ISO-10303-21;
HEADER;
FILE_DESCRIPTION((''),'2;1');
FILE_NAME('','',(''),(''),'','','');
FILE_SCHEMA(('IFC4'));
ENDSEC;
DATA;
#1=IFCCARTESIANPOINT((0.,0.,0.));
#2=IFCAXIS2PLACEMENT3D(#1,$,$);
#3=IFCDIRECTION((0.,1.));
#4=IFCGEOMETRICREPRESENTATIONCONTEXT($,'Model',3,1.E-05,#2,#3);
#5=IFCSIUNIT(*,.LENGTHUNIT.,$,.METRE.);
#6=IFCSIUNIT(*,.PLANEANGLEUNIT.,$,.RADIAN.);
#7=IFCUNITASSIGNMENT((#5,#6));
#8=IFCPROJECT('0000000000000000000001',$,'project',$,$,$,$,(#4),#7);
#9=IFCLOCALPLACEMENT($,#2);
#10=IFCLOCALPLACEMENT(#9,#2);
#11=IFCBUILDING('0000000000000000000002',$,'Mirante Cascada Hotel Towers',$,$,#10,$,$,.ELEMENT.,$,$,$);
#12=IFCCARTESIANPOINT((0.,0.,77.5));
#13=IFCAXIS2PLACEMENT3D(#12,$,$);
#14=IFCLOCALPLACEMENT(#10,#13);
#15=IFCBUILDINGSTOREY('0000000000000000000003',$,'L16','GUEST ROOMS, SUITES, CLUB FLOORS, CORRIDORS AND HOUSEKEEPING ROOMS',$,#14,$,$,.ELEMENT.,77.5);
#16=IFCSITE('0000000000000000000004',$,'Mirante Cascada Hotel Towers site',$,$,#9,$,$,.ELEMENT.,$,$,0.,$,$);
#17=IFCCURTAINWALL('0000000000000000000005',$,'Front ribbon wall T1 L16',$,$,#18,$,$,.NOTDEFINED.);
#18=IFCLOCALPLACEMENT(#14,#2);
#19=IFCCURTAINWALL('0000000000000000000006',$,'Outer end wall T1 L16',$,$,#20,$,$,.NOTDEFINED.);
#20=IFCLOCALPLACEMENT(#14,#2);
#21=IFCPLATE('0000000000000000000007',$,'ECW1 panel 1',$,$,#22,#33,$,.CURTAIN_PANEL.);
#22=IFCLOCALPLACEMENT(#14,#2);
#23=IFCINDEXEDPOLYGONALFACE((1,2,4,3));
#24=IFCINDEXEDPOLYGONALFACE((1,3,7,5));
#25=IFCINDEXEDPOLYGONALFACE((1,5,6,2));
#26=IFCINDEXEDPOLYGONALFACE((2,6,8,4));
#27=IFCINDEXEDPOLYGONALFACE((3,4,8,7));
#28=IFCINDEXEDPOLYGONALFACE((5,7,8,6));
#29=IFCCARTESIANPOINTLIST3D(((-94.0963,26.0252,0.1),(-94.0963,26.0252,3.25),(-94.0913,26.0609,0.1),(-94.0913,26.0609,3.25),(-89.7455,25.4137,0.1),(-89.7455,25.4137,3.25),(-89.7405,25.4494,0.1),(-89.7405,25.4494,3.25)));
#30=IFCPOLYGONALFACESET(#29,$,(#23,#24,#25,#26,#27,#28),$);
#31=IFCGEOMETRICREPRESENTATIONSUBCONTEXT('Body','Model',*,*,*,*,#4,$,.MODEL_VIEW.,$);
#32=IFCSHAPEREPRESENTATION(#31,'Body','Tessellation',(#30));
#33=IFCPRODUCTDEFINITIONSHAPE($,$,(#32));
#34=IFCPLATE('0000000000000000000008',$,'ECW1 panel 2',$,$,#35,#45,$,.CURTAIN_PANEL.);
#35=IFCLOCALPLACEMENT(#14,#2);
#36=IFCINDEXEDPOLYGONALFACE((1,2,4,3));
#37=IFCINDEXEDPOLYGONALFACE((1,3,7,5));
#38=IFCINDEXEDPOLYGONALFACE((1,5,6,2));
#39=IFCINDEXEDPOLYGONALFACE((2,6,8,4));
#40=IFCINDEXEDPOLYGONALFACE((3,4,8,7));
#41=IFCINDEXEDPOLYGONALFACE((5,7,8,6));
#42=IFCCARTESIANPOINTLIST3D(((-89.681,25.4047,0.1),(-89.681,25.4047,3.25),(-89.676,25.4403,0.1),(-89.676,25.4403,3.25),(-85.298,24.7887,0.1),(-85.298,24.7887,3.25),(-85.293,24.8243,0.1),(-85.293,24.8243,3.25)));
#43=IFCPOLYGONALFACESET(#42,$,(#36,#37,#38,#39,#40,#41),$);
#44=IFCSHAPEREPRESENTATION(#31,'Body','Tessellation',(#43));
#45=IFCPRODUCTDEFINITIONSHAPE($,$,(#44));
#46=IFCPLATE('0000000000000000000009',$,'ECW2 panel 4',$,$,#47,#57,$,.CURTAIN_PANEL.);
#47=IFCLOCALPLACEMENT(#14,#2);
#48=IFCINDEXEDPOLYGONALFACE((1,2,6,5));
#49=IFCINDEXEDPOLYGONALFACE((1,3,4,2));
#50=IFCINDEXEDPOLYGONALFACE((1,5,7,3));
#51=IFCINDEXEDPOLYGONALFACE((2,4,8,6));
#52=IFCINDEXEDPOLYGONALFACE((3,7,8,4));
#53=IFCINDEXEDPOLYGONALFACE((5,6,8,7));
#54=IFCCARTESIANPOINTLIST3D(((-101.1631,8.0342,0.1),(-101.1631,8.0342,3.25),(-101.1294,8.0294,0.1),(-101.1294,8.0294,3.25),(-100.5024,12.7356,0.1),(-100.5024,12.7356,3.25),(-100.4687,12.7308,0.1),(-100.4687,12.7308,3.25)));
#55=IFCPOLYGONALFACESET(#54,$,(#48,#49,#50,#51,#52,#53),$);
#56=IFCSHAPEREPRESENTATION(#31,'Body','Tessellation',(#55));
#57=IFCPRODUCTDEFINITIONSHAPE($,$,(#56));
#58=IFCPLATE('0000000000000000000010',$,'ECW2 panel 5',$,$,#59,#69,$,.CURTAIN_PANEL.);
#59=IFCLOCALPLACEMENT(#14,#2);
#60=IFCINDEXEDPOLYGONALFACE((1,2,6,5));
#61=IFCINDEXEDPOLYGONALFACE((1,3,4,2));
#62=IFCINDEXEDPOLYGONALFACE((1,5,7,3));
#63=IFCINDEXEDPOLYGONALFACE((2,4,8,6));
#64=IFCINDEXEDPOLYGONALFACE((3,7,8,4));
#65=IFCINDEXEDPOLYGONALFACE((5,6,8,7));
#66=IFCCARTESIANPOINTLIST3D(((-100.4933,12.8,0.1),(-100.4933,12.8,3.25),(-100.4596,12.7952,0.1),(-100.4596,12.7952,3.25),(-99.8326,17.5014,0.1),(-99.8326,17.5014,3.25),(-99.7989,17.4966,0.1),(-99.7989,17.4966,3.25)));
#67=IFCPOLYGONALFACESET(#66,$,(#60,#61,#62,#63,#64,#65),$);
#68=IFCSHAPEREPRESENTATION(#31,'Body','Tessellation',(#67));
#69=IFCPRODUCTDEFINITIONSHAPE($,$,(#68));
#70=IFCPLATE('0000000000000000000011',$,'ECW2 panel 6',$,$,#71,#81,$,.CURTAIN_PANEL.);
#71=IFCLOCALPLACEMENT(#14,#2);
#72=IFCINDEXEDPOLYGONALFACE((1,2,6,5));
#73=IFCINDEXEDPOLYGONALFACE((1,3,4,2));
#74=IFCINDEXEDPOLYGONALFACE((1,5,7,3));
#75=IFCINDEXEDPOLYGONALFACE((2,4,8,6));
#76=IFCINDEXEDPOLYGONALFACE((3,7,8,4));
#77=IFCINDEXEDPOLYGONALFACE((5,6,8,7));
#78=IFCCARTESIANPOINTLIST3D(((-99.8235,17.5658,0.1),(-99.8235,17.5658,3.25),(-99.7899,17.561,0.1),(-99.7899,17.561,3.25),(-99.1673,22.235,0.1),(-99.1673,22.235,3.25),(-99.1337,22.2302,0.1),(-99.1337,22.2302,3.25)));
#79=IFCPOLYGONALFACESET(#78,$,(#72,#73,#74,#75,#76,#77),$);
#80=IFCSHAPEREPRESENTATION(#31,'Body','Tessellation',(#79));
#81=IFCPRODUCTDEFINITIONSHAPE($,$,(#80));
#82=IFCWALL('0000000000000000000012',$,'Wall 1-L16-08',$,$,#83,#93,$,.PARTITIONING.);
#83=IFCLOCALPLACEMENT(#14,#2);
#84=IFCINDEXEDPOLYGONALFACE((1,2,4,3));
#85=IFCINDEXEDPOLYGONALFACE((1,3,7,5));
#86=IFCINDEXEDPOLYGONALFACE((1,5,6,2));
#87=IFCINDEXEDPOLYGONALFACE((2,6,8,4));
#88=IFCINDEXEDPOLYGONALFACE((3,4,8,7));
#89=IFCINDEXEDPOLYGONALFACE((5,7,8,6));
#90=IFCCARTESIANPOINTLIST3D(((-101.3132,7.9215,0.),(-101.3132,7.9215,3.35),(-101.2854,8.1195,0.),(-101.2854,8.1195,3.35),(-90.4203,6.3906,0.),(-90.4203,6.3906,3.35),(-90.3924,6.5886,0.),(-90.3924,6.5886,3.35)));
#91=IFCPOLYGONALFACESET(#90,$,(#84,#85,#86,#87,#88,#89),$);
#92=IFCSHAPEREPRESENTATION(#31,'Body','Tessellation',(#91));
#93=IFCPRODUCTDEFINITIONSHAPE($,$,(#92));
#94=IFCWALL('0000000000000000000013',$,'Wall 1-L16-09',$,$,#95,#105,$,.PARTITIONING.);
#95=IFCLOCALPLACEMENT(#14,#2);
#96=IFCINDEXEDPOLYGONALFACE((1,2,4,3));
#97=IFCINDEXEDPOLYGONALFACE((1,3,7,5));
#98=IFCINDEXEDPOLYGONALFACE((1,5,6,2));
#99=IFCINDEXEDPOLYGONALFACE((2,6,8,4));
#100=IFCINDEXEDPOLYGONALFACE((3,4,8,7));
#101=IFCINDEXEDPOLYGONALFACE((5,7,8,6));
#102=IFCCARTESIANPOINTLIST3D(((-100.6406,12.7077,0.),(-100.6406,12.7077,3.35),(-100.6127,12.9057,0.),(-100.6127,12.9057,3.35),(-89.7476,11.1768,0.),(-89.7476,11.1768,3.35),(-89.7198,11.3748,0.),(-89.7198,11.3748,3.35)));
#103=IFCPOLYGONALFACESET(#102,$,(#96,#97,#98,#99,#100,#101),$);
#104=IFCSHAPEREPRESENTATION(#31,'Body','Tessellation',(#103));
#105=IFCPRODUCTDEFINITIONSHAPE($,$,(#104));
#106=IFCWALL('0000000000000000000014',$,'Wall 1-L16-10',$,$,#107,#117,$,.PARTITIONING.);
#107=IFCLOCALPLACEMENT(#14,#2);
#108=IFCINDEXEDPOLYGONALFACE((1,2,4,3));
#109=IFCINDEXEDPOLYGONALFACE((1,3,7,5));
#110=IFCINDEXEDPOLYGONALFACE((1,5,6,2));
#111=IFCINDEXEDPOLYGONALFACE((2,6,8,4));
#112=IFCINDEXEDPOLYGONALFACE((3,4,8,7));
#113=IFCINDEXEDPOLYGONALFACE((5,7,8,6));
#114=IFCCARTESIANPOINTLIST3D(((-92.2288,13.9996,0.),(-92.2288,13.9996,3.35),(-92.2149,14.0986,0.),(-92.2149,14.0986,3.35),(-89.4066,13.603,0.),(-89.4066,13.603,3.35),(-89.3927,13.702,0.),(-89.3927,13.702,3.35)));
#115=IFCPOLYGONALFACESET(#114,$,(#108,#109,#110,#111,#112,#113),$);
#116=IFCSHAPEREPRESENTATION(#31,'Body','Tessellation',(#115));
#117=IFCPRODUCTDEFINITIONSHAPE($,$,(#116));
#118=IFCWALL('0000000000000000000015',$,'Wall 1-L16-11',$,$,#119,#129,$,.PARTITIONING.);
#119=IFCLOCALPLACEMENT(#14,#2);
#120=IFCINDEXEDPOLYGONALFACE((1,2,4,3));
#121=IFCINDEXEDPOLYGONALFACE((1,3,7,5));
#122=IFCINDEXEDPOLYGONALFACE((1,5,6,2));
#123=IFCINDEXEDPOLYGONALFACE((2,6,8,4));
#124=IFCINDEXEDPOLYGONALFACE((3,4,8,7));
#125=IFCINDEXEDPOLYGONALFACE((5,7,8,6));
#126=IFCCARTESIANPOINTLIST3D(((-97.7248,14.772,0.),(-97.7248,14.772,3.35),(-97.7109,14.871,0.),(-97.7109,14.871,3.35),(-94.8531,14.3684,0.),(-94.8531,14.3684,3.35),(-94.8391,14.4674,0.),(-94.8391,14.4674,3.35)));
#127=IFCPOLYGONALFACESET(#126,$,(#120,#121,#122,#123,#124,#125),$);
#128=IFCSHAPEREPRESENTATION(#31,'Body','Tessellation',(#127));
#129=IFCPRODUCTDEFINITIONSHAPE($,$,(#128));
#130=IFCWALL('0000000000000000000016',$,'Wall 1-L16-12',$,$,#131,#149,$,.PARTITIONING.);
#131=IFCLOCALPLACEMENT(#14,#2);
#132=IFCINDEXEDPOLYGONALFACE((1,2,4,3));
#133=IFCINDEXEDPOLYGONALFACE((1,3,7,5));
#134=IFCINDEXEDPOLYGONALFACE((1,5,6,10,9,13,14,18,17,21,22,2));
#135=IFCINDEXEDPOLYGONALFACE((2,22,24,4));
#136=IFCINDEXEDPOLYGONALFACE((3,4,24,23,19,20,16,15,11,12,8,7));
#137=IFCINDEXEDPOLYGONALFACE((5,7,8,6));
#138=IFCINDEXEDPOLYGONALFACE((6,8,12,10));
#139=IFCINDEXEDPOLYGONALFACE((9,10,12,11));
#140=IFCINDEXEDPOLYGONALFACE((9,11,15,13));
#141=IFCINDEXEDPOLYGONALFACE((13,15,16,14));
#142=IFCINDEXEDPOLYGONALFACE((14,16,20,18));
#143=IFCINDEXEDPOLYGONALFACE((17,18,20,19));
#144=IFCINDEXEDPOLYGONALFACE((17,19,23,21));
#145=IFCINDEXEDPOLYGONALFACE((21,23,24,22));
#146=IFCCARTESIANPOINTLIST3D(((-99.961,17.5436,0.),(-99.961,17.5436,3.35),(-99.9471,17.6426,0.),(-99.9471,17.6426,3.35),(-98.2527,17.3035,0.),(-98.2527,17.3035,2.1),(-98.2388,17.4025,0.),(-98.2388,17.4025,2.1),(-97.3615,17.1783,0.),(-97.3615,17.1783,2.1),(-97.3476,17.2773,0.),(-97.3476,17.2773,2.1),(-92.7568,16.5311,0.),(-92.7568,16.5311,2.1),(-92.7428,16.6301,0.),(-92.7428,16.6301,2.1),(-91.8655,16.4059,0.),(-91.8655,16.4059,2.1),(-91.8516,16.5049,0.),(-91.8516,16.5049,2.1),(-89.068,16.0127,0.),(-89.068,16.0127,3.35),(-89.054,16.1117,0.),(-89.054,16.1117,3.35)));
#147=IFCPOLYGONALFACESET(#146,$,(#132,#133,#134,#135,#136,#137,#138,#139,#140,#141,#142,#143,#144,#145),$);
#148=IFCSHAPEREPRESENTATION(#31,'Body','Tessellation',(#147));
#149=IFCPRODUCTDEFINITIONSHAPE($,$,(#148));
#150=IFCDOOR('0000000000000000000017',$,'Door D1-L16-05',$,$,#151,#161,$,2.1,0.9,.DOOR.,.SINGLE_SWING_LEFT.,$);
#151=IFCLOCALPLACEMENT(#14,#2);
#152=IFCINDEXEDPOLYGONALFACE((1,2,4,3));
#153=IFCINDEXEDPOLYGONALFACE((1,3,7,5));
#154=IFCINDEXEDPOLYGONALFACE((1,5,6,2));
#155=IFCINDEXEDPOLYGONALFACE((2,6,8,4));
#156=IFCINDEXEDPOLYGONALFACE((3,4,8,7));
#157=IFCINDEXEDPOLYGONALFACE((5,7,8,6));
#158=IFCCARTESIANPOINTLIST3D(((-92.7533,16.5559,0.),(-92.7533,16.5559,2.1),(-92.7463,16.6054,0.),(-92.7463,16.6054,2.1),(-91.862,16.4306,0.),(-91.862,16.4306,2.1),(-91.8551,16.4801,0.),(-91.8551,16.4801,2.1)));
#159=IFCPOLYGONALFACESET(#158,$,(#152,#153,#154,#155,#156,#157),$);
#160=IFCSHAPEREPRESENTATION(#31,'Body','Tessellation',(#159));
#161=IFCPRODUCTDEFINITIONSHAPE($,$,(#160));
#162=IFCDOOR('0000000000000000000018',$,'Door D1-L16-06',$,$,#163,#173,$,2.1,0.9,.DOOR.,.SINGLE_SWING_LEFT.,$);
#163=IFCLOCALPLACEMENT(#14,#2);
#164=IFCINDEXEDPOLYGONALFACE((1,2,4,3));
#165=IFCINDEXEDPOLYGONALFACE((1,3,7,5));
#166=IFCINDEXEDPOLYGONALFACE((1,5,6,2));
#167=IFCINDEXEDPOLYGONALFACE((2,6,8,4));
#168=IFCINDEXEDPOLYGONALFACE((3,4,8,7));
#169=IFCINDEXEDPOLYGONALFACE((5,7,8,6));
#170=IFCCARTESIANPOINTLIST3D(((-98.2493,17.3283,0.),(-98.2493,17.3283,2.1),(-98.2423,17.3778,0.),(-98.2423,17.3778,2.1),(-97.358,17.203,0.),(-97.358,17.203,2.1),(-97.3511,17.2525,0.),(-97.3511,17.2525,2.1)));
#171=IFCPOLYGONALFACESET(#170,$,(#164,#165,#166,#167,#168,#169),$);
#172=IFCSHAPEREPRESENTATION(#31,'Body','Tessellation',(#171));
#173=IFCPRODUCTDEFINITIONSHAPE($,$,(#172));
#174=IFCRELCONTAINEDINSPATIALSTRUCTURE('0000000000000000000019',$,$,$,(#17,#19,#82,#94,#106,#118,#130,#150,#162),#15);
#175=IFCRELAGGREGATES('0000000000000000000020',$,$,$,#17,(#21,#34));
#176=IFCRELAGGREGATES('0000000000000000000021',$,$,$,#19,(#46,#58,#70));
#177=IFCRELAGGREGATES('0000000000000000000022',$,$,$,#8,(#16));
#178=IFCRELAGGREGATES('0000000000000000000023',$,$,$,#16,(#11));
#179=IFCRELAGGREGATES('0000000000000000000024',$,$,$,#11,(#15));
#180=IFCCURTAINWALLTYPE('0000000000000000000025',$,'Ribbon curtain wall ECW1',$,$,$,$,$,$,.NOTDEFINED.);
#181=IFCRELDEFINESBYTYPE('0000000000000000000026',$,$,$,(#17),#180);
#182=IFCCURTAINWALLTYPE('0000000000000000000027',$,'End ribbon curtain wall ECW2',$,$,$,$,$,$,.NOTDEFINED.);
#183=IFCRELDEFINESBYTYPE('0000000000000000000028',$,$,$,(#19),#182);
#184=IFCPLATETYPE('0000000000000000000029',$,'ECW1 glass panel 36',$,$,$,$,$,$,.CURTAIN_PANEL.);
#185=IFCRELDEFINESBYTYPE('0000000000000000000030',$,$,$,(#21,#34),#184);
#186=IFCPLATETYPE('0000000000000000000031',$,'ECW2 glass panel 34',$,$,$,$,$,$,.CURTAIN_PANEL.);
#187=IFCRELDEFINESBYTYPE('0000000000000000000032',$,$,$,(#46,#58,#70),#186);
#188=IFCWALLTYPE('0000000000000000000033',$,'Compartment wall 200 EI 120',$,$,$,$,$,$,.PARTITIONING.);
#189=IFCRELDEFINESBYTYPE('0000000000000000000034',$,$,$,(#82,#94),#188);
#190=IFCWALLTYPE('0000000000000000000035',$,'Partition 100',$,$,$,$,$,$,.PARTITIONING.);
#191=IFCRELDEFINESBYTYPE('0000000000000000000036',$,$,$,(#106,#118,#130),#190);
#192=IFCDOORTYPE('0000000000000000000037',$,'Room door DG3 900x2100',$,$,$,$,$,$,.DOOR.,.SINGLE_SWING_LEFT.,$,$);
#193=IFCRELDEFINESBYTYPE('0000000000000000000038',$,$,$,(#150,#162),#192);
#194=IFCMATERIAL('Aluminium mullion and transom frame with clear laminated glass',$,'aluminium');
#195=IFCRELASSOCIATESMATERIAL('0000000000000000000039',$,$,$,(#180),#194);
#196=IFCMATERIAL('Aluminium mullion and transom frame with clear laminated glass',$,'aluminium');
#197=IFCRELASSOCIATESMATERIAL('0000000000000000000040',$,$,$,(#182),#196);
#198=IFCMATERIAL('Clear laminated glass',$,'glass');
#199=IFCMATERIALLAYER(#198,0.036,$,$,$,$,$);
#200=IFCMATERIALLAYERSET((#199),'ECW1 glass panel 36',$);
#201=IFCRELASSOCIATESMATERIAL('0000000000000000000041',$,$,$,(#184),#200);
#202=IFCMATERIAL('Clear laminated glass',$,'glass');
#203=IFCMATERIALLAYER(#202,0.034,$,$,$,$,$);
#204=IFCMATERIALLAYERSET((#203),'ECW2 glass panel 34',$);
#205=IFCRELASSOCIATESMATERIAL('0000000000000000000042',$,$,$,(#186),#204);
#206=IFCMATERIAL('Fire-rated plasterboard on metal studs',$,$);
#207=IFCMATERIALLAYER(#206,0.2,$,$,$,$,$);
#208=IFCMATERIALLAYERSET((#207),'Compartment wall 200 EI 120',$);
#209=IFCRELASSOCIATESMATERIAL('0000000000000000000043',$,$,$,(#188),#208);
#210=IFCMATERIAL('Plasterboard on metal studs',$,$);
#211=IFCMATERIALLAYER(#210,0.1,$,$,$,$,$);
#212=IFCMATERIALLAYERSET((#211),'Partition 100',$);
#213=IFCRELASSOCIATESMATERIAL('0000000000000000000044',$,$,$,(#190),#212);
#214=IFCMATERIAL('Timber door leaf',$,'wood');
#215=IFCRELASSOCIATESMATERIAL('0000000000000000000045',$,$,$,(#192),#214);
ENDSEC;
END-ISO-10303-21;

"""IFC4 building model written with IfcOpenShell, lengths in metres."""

from ifc_helpers import new_model, si_unit, direction, frame, frame_2d, origin, origin_2d, place, context, subcontext, project, spatial, rectangle, extrude, material, layer, layer_set, type_object, element, fill, aggregate, save


model = new_model("IFC4")

# Units and contexts
model_context = context("Model", 3, precision=1e-05, world=origin(), true_north=direction((0.0, 1.0)))
body_context = subcontext(model_context, "Body", "Model", "MODEL_VIEW")
ifc_project = project(units=[si_unit("LENGTHUNIT", "METRE"), si_unit("PLANEANGLEUNIT", "RADIAN")], contexts=[model_context])

# Site, building, storey
site_placement = place(None, origin())
site = spatial("IfcSite", under=ifc_project, at=site_placement, Name="Mirante Cascada Hotel Towers site", CompositionType="ELEMENT", RefElevation=0.0)
building_placement = place(site_placement, origin())
building = spatial("IfcBuilding", under=site, at=building_placement, Name="Mirante Cascada Hotel Towers", CompositionType="ELEMENT")
storey_placement = place(building_placement, frame((0.0, 0.0, 77.5)))
storey = spatial("IfcBuildingStorey", under=building, at=storey_placement, Name="L16", Description="GUEST ROOMS, SUITES, CLUB FLOORS, CORRIDORS AND HOUSEKEEPING ROOMS", CompositionType="ELEMENT", Elevation=77.5)

# Curtain walls
ifc_material_1 = material(Name="Aluminium mullion and transom frame with clear laminated glass", Category="aluminium")
curtain_wall_type_1 = type_object("IfcCurtainWallType", Name="Ribbon curtain wall ECW1", PredefinedType="NOTDEFINED", material=ifc_material_1)
curtain_wall_1_placement = place(storey_placement, origin())
curtain_wall_1 = element("IfcCurtainWall", 1, at=curtain_wall_1_placement, inside=storey, type_object=curtain_wall_type_1, Name="Front ribbon wall T1 L16", PredefinedType="NOTDEFINED")
ifc_material_2 = material(Name="Aluminium mullion and transom frame with clear laminated glass", Category="aluminium")
curtain_wall_type_2 = type_object("IfcCurtainWallType", Name="End ribbon curtain wall ECW2", PredefinedType="NOTDEFINED", material=ifc_material_2)
curtain_wall_2_placement = place(storey_placement, origin())
curtain_wall_2 = element("IfcCurtainWall", 2, at=curtain_wall_2_placement, inside=storey, type_object=curtain_wall_type_2, Name="Outer end wall T1 L16", PredefinedType="NOTDEFINED")

# Plates
ifc_material_3 = material(Name="Clear laminated glass", Category="glass")
ifc_layer_1 = layer(ifc_material_3, 0.036)
ifc_layer_set_1 = layer_set([ifc_layer_1], Name="ECW1 glass panel 36")
plate_type_1 = type_object("IfcPlateType", Name="ECW1 glass panel 36", PredefinedType="CURTAIN_PANEL", material=ifc_layer_set_1)
plate_1_placement = place(storey_placement, frame((-91.9184, 25.7373, 0.1), z_axis=(0.0, 0.0, 1.0), x_axis=(0.990268, -0.139173, 0.0)))
plate_1 = element("IfcPlate", 3, at=plate_1_placement, type_object=plate_type_1, Name="ECW1 panel 1", PredefinedType="CURTAIN_PANEL", context=body_context, shape_type="SweptSolid", body=[
    extrude(rectangle(XDim=4.3936, YDim=0.036, at=origin_2d()), origin(), (0.0, 0.0, 1.0), 3.15),
])
plate_2_placement = place(storey_placement, frame((-87.487, 25.1145, 0.1), z_axis=(0.0, 0.0, 1.0), x_axis=(0.990268, -0.139173, 0.0)))
plate_2 = element("IfcPlate", 4, at=plate_2_placement, type_object=plate_type_1, Name="ECW1 panel 2", PredefinedType="CURTAIN_PANEL", context=body_context, shape_type="SweptSolid", body=[
    extrude(rectangle(XDim=4.4261, YDim=0.036, at=origin_2d()), origin(), (0.0, 0.0, 1.0), 3.15),
])
aggregate(curtain_wall_1, [plate_1, plate_2])
ifc_material_4 = material(Name="Clear laminated glass", Category="glass")
ifc_layer_2 = layer(ifc_material_4, 0.034)
ifc_layer_set_2 = layer_set([ifc_layer_2], Name="ECW2 glass panel 34")
plate_type_2 = type_object("IfcPlateType", Name="ECW2 glass panel 34", PredefinedType="CURTAIN_PANEL", material=ifc_layer_set_2)
plate_3_placement = place(storey_placement, frame((-100.8159, 10.3825, 0.1), z_axis=(0.0, 0.0, 1.0), x_axis=(0.139173, 0.990268, 0.0)))
plate_3 = element("IfcPlate", 5, at=plate_3_placement, type_object=plate_type_2, Name="ECW2 panel 4", PredefinedType="CURTAIN_PANEL", context=body_context, shape_type="SweptSolid", body=[
    extrude(rectangle(XDim=4.7476, YDim=0.034, at=origin_2d()), origin(), (0.0, 0.0, 1.0), 3.15),
])
plate_4_placement = place(storey_placement, frame((-100.1461, 15.1483, 0.1), z_axis=(0.0, 0.0, 1.0), x_axis=(0.139173, 0.990268, 0.0)))
plate_4 = element("IfcPlate", 6, at=plate_4_placement, type_object=plate_type_2, Name="ECW2 panel 5", PredefinedType="CURTAIN_PANEL", context=body_context, shape_type="SweptSolid", body=[
    extrude(rectangle(XDim=4.7476, YDim=0.034, at=origin_2d()), origin(), (0.0, 0.0, 1.0), 3.15),
])
plate_5_placement = place(storey_placement, frame((-99.4786, 19.898, 0.1), z_axis=(0.0, 0.0, 1.0), x_axis=(0.139173, 0.990268, 0.0)))
plate_5 = element("IfcPlate", 7, at=plate_5_placement, type_object=plate_type_2, Name="ECW2 panel 6", PredefinedType="CURTAIN_PANEL", context=body_context, shape_type="SweptSolid", body=[
    extrude(rectangle(XDim=4.7151, YDim=0.034, at=origin_2d()), origin(), (0.0, 0.0, 1.0), 3.15),
])
aggregate(curtain_wall_2, [plate_3, plate_4, plate_5])

# Walls
ifc_material_5 = material(Name="Fire-rated plasterboard on metal studs")
ifc_layer_3 = layer(ifc_material_5, 0.2)
ifc_layer_set_3 = layer_set([ifc_layer_3], Name="Compartment wall 200 EI 120")
wall_type_1 = type_object("IfcWallType", Name="Compartment wall 200 EI 120", PredefinedType="PARTITIONING", material=ifc_layer_set_3)
for number, where, z_axis, x_axis, name in (
    (8, (-101.2993, 8.0205, 0.0), (0.0, 0.0, 1.0), (0.990268, -0.139173, 0.0), "Wall 1-L16-08"),
    (9, (-89.7337, 11.2758, 0.0), (0.0, 0.0, 1.0), (-0.990268, 0.139173, 0.0), "Wall 1-L16-09"),
):
    element("IfcWall", number, at=place(storey_placement, frame(where, z_axis=z_axis, x_axis=x_axis)), inside=storey, type_object=wall_type_1, Name=name, PredefinedType="PARTITIONING", context=body_context, shape_type="SweptSolid", body=[
        extrude(rectangle(XDim=11.0, YDim=0.2, at=frame_2d((5.5, 0.0))), origin(), (0.0, 0.0, 1.0), 3.35),
    ])
ifc_material_6 = material(Name="Plasterboard on metal studs")
ifc_layer_4 = layer(ifc_material_6, 0.1)
ifc_layer_set_4 = layer_set([ifc_layer_4], Name="Partition 100")
wall_type_2 = type_object("IfcWallType", Name="Partition 100", PredefinedType="PARTITIONING", material=ifc_layer_set_4)
wall_1_placement = place(storey_placement, frame((-92.2219, 14.0491, 0.0), z_axis=(0.0, 0.0, 1.0), x_axis=(0.99027, -0.139161, 0.0)))
element("IfcWall", 10, at=wall_1_placement, inside=storey, type_object=wall_type_2, Name="Wall 1-L16-10", PredefinedType="PARTITIONING", context=body_context, shape_type="SweptSolid", body=[
    extrude(rectangle(XDim=2.8499, YDim=0.1, at=frame_2d((1.425, 0.0))), origin(), (0.0, 0.0, 1.0), 3.35),
])
wall_2_placement = place(storey_placement, frame((-94.8461, 14.4179, 0.0), z_axis=(0.0, 0.0, 1.0), x_axis=(-0.990268, 0.139171, 0.0)))
element("IfcWall", 11, at=wall_2_placement, inside=storey, type_object=wall_type_2, Name="Wall 1-L16-11", PredefinedType="PARTITIONING", context=body_context, shape_type="SweptSolid", body=[
    extrude(rectangle(XDim=2.9, YDim=0.1, at=frame_2d((1.45, 0.0))), origin(), (0.0, 0.0, 1.0), 3.35),
])

# Wall, openings, doors
wall_3_placement = place(storey_placement, frame((-99.954, 17.5931, 0.0), z_axis=(0.0, 0.0, 1.0), x_axis=(0.990268, -0.139172, 0.0)))
wall_3 = element("IfcWall", 12, at=wall_3_placement, inside=storey, type_object=wall_type_2, Name="Wall 1-L16-12", PredefinedType="PARTITIONING", context=body_context, shape_type="SweptSolid", body=[
    extrude(rectangle(XDim=11.0001, YDim=0.1, at=frame_2d((5.5, 0.0))), origin(), (0.0, 0.0, 1.0), 3.35),
])
opening_1_placement = place(wall_3_placement, frame((7.275, 0.0, 0.0)))
opening_1 = element("IfcOpeningElement", 13, at=opening_1_placement, cuts=wall_3, PredefinedType="OPENING", context=body_context, shape_type="SweptSolid", body=[
    extrude(rectangle(XDim=0.9, YDim=2.1, at=frame_2d((0.45, 1.05))), frame((0.0, 0.05, 0.0), z_axis=(0.0, -1.0, 0.0), x_axis=(1.0, 0.0, 0.0)), (0.0, 0.0, 1.0), 0.1),
])
opening_2_placement = place(wall_3_placement, frame((1.725, 0.0, 0.0)))
opening_2 = element("IfcOpeningElement", 14, at=opening_2_placement, cuts=wall_3, PredefinedType="OPENING", context=body_context, shape_type="SweptSolid", body=[
    extrude(rectangle(XDim=0.9, YDim=2.1, at=frame_2d((0.45, 1.05))), frame((0.0, 0.05, 0.0), z_axis=(0.0, -1.0, 0.0), x_axis=(1.0, 0.0, 0.0)), (0.0, 0.0, 1.0), 0.1),
])
ifc_material_7 = material(Name="Timber door leaf", Category="wood")
door_type_1 = type_object("IfcDoorType", Name="Room door DG3 900x2100", OperationType="SINGLE_SWING_LEFT", PredefinedType="DOOR", material=ifc_material_7)
door_1_placement = place(opening_1_placement, origin())
door_1 = element("IfcDoor", 15, at=door_1_placement, inside=storey, type_object=door_type_1, Name="Door D1-L16-05", OperationType="SINGLE_SWING_LEFT", OverallHeight=2.1, OverallWidth=0.9, PredefinedType="DOOR", context=body_context, shape_type="SweptSolid", body=[
    extrude(rectangle(XDim=0.9, YDim=2.1, at=frame_2d((0.45, 1.05))), frame((0.0, 0.025, 0.0), z_axis=(0.0, -1.0, 0.0), x_axis=(1.0, 0.0, 0.0)), (0.0, 0.0, 1.0), 0.05),
])
fill(opening_1, door_1)
door_2_placement = place(opening_2_placement, origin())
door_2 = element("IfcDoor", 16, at=door_2_placement, inside=storey, type_object=door_type_1, Name="Door D1-L16-06", OperationType="SINGLE_SWING_LEFT", OverallHeight=2.1, OverallWidth=0.9, PredefinedType="DOOR", context=body_context, shape_type="SweptSolid", body=[
    extrude(rectangle(XDim=0.9, YDim=2.1, at=frame_2d((0.45, 1.05))), frame((0.0, 0.025, 0.0), z_axis=(0.0, -1.0, 0.0), x_axis=(1.0, 0.0, 0.0)), (0.0, 0.0, 1.0), 0.05),
])
fill(opening_2, door_2)

save(model, "model.ifc")
